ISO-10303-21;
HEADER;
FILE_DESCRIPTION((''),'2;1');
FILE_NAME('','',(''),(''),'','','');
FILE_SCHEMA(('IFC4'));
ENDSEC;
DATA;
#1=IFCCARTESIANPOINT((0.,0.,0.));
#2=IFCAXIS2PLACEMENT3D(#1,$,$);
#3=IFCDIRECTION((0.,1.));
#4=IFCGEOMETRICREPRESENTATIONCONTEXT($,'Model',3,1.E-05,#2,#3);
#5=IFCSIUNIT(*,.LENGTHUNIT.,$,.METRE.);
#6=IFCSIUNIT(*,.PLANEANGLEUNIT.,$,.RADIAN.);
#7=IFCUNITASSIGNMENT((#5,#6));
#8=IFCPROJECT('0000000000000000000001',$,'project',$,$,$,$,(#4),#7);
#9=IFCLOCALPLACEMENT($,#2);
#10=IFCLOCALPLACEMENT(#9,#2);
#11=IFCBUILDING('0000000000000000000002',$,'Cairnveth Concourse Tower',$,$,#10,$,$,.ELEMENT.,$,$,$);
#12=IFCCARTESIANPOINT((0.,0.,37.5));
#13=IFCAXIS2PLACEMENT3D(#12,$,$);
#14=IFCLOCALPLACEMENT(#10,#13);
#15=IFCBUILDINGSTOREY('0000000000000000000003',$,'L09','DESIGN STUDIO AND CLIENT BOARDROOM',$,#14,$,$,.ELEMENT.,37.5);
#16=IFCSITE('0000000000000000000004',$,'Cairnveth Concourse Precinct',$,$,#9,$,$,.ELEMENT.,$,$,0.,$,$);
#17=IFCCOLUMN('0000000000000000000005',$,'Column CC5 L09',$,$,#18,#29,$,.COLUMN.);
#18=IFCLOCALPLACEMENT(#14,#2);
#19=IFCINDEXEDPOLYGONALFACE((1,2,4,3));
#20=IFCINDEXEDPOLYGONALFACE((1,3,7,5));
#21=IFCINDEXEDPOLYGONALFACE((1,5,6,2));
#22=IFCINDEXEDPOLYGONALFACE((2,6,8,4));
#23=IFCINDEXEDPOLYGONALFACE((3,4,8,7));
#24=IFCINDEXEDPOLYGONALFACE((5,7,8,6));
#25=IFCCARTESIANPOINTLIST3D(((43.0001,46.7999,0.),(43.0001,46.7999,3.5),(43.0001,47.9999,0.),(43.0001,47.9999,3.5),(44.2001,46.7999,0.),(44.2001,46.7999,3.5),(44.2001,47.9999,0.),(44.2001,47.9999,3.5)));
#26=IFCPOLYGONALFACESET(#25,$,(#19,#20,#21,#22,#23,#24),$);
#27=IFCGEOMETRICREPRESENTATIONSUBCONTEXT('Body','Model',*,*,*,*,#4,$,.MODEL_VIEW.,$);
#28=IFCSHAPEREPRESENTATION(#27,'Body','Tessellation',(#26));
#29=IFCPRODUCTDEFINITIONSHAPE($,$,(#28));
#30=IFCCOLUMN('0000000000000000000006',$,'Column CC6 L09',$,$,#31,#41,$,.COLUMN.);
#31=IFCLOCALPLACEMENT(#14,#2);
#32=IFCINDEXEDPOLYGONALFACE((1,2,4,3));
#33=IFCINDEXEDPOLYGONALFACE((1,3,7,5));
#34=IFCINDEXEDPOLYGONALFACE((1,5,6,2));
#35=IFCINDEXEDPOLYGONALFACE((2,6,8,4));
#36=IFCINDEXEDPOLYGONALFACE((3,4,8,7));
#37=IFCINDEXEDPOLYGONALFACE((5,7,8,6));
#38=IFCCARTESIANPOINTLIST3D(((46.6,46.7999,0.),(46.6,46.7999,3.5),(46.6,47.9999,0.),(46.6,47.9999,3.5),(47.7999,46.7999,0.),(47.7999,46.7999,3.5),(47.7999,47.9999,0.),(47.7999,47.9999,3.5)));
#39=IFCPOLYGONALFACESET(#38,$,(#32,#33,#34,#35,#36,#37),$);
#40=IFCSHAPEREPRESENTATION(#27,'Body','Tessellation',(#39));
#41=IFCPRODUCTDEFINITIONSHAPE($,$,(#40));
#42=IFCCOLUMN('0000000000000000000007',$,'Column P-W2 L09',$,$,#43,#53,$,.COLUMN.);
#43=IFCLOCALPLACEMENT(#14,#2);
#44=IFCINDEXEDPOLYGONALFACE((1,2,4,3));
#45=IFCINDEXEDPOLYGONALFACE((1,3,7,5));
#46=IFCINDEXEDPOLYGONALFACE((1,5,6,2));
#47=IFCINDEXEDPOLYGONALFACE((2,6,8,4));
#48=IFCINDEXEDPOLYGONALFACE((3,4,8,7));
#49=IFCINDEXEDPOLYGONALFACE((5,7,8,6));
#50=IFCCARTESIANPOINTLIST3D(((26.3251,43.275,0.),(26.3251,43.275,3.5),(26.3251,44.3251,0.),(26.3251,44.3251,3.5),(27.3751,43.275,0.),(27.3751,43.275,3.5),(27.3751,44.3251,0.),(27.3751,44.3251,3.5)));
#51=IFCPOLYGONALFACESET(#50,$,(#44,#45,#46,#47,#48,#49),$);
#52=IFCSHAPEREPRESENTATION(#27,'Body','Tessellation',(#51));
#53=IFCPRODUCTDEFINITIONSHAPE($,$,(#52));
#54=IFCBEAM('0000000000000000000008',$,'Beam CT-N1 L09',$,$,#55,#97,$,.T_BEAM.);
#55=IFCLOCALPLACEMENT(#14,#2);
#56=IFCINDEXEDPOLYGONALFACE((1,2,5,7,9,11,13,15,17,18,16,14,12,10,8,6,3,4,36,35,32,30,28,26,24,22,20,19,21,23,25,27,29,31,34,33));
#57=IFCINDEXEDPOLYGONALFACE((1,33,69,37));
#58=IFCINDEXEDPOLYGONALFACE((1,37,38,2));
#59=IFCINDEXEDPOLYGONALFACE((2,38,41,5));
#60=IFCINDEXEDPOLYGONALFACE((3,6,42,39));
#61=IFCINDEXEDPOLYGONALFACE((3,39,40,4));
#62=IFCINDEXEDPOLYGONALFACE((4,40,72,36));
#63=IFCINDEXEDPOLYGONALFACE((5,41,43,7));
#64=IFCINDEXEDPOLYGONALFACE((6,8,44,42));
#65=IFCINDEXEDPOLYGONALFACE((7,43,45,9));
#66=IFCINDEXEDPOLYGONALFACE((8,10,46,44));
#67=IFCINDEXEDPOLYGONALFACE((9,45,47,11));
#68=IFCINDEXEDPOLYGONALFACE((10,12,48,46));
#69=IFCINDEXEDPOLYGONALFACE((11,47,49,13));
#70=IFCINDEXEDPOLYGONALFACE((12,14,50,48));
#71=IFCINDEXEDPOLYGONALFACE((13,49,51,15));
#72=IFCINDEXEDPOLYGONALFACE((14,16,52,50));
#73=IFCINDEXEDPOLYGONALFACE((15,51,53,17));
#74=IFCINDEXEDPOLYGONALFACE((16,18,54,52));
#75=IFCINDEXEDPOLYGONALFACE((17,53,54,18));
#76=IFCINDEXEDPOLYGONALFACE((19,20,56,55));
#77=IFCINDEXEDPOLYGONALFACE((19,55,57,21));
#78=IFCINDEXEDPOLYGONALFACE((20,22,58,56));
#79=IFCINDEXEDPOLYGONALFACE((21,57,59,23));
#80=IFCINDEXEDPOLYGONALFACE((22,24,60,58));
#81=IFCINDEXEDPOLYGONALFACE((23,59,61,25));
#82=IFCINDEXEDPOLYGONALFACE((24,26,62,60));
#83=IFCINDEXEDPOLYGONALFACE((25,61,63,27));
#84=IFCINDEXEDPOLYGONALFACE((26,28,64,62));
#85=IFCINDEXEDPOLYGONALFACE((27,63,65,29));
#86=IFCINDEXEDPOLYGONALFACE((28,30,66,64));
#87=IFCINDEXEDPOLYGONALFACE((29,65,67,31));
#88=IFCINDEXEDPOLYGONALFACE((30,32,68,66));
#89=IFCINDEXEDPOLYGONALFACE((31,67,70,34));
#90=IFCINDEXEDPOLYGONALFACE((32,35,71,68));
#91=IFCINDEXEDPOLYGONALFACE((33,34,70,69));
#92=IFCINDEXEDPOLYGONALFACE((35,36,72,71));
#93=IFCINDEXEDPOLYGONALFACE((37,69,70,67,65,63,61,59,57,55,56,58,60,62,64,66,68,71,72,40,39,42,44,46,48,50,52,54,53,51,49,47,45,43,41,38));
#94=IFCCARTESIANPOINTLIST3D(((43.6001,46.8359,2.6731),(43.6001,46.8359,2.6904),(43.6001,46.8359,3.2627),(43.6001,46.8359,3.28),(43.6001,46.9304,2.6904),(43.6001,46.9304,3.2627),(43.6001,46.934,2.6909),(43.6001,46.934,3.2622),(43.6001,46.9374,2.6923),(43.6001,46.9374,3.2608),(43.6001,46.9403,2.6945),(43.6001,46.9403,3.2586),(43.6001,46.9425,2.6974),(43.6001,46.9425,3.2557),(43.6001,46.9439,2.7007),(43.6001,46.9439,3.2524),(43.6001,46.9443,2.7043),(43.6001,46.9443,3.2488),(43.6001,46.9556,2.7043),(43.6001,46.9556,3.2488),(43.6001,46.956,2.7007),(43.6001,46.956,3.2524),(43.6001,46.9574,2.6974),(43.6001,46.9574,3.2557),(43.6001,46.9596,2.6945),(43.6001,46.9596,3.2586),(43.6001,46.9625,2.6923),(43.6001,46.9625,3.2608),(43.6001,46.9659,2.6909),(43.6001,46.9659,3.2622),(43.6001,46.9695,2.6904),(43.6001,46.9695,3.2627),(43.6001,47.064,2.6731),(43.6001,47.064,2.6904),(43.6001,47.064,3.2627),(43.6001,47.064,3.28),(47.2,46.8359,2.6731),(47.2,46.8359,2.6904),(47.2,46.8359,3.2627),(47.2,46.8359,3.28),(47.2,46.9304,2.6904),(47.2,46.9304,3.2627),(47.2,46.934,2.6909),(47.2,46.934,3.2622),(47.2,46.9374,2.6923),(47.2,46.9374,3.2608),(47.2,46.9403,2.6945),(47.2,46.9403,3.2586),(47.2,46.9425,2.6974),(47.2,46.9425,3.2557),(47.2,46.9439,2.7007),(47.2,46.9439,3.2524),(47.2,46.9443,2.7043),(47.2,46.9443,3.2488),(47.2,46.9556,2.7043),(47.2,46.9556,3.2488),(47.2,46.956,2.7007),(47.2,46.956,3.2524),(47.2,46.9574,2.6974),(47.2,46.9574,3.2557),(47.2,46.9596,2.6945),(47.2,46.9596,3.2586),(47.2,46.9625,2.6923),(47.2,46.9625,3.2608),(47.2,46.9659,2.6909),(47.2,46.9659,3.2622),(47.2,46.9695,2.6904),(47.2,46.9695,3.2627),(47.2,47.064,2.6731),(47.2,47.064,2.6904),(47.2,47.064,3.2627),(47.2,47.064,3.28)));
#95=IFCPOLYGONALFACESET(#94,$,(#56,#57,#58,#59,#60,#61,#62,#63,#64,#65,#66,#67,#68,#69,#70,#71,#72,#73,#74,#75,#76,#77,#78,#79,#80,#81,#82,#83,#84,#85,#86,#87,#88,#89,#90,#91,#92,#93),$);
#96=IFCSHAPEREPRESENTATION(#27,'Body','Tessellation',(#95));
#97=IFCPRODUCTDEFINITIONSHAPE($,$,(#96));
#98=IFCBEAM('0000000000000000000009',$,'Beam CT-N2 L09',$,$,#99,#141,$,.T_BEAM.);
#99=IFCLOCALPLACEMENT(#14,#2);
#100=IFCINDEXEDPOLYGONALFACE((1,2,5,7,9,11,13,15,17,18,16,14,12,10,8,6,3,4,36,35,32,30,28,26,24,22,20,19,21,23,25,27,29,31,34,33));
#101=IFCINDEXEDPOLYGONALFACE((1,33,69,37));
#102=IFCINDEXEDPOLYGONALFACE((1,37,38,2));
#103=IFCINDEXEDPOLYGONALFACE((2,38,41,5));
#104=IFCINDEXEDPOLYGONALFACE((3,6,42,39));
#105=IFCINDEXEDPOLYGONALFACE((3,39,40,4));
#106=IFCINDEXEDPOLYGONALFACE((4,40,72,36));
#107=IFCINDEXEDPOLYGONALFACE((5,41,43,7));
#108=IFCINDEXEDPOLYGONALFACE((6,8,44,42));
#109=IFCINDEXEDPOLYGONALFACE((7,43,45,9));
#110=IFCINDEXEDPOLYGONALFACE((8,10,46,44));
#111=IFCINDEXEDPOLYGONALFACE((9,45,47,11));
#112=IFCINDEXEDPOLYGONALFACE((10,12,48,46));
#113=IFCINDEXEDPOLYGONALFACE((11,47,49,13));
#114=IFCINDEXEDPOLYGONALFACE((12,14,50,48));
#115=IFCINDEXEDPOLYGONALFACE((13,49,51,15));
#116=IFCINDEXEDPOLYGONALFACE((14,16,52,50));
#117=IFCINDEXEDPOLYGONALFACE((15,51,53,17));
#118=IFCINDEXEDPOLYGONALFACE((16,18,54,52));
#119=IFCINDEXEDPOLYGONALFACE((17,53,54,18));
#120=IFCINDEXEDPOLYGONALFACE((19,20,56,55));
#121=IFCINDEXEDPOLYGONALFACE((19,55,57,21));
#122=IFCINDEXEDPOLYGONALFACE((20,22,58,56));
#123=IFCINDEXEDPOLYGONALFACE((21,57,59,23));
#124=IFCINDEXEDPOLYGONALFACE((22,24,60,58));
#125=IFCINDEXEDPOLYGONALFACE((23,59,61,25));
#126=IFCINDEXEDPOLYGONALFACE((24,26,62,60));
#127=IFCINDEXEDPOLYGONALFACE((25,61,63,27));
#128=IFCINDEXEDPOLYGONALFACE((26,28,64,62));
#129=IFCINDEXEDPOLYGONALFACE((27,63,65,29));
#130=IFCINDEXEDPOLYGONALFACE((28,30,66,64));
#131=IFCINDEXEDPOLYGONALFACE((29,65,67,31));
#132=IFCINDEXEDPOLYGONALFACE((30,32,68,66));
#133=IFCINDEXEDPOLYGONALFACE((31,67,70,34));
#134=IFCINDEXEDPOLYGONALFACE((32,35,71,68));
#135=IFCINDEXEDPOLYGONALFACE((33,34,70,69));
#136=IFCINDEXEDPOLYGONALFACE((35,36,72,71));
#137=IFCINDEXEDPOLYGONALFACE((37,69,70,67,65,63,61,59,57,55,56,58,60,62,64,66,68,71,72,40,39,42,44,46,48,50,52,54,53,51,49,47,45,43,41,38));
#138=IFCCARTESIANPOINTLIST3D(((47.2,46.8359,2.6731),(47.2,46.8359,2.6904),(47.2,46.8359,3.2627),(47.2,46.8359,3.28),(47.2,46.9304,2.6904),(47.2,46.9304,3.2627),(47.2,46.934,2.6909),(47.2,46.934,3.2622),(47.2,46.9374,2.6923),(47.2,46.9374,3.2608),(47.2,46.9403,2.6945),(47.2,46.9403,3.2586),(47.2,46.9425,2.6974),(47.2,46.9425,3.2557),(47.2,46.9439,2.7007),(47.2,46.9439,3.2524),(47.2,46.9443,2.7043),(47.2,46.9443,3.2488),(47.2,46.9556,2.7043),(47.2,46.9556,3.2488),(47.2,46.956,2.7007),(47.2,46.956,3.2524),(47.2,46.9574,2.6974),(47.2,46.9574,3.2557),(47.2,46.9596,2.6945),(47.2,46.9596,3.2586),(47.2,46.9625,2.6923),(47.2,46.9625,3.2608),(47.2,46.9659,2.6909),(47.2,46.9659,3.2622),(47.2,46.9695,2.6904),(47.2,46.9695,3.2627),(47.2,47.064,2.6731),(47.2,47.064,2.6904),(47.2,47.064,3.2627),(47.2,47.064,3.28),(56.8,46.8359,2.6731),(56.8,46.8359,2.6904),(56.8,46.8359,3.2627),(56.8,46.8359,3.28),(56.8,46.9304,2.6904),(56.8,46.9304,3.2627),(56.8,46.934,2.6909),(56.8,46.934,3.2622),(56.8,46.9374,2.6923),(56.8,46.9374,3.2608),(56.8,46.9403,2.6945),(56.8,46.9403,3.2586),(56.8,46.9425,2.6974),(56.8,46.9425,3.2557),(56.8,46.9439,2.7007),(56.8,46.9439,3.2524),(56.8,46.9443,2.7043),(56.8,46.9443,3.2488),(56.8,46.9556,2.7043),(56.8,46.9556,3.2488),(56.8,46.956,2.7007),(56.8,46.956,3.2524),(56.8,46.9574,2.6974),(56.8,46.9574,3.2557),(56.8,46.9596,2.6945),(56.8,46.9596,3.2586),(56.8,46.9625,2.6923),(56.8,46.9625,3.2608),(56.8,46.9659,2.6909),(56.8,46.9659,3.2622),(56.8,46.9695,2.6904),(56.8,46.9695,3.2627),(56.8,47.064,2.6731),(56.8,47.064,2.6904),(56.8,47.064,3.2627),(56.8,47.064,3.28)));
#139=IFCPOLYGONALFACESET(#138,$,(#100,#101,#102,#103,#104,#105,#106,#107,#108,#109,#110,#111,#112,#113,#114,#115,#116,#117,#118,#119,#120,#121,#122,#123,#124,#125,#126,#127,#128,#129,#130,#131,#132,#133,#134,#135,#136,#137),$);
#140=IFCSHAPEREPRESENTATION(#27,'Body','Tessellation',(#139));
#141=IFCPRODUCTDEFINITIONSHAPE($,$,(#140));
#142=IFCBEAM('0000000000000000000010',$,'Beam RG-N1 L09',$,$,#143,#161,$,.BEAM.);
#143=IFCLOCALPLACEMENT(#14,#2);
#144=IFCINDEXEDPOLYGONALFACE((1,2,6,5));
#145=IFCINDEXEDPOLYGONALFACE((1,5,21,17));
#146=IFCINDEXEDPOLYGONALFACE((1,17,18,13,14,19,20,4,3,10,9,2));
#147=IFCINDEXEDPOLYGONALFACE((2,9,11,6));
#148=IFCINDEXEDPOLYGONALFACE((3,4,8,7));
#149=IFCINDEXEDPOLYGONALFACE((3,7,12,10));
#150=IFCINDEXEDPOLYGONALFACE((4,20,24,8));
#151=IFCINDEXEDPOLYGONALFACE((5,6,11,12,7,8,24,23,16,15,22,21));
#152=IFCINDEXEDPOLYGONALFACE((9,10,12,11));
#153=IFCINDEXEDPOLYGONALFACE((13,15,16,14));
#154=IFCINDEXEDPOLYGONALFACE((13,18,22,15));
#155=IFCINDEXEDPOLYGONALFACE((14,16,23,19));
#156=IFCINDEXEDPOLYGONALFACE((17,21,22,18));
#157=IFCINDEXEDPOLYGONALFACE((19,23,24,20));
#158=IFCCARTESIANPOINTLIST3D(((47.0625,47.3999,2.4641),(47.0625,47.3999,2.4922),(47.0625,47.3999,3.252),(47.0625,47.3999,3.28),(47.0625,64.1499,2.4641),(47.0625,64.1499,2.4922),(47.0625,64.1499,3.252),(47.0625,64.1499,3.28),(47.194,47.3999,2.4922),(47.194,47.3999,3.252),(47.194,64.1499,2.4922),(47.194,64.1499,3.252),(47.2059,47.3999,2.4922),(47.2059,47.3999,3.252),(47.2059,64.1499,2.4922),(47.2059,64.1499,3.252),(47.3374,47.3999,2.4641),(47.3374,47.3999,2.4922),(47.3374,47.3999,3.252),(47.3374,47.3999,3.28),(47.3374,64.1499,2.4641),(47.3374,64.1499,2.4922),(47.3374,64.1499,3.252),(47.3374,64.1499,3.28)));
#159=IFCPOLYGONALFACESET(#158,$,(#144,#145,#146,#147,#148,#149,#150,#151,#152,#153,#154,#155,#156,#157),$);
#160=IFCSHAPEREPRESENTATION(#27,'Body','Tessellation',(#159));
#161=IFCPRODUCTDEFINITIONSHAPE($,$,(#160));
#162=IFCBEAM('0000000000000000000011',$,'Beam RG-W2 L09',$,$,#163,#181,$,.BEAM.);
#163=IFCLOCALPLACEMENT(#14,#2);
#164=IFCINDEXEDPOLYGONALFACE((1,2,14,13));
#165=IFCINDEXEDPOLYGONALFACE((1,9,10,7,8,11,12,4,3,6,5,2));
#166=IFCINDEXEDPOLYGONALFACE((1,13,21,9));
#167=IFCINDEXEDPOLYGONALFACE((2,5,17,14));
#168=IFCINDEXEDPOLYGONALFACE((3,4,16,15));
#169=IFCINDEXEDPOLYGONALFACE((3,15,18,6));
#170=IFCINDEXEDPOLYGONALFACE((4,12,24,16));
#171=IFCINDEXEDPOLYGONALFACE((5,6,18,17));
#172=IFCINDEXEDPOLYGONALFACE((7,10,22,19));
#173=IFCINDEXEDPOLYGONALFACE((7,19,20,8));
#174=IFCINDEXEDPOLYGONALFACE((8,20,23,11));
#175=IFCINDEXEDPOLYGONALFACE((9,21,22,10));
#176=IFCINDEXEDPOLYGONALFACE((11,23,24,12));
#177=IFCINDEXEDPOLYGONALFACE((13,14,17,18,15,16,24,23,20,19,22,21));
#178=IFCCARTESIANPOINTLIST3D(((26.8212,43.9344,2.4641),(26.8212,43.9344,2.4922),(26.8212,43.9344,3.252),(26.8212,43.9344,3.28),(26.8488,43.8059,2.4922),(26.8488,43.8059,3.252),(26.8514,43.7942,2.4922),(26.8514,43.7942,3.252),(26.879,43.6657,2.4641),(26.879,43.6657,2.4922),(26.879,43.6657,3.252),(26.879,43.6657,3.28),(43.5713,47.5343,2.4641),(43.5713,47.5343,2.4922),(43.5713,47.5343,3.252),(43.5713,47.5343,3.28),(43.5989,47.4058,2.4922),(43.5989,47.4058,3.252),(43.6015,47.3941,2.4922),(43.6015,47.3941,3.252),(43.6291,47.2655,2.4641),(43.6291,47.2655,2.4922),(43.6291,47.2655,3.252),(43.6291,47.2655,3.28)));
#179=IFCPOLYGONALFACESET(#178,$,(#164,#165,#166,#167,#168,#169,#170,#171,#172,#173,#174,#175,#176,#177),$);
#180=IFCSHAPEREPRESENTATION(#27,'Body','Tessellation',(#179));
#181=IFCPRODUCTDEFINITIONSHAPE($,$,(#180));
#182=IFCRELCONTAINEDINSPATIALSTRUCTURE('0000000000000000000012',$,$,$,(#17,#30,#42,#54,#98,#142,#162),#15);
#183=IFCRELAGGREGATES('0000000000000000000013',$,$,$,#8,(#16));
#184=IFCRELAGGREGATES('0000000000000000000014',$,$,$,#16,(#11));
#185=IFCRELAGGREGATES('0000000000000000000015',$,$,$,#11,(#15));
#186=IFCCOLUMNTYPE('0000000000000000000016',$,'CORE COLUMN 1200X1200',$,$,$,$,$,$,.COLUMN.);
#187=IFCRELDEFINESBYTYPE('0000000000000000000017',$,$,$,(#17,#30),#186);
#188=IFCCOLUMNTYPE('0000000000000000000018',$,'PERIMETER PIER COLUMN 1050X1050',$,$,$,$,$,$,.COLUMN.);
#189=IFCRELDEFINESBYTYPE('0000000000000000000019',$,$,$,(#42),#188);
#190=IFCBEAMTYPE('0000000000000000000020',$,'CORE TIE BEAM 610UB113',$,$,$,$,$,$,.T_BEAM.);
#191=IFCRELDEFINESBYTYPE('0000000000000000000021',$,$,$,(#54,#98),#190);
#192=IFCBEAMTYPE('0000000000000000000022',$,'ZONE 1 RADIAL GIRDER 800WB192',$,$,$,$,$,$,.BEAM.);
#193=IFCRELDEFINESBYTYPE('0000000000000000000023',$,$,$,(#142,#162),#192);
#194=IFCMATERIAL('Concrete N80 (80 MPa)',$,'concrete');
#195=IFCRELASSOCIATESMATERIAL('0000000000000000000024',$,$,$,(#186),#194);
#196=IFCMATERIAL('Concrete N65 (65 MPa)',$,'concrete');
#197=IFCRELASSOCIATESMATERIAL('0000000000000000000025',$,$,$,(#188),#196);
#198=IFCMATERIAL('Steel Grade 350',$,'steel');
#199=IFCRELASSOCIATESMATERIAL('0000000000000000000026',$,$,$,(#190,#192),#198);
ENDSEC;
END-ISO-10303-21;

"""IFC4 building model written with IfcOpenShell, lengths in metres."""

from ifc_helpers import new_model, si_unit, direction, frame, origin, origin_2d, place, context, subcontext, project, spatial, rectangle, i_section, extrude, material, material_profile, profile_set, type_object, element, save


model = new_model("IFC4")

# Units and contexts
model_context = context("Model", 3, precision=1e-05, world=origin(), true_north=direction((0.0, 1.0)))
body_context = subcontext(model_context, "Body", "Model", "MODEL_VIEW")
ifc_project = project(units=[si_unit("LENGTHUNIT", "METRE"), si_unit("PLANEANGLEUNIT", "RADIAN")], contexts=[model_context])

# Site, building, storey
site_placement = place(None, origin())
site = spatial("IfcSite", under=ifc_project, at=site_placement, Name="Cairnveth Concourse Precinct", CompositionType="ELEMENT", RefElevation=0.0)
building_placement = place(site_placement, origin())
building = spatial("IfcBuilding", under=site, at=building_placement, Name="Cairnveth Concourse Tower", CompositionType="ELEMENT")
storey_placement = place(building_placement, frame((0.0, 0.0, 37.5)))
storey = spatial("IfcBuildingStorey", under=building, at=storey_placement, Name="L09", Description="DESIGN STUDIO AND CLIENT BOARDROOM", CompositionType="ELEMENT", Elevation=37.5)

# Columns
ifc_material_1 = material(Name="Concrete N80 (80 MPa)", Category="concrete")
ifc_material_profile_1 = material_profile(ifc_material_1, rectangle(XDim=1.2, YDim=1.2, at=origin_2d()), Name="RC-COL-1200x1200")
ifc_profile_set_1 = profile_set([ifc_material_profile_1], Name="Concrete N80 (80 MPa)")
column_type_1 = type_object("IfcColumnType", Name="CORE COLUMN 1200X1200", PredefinedType="COLUMN", material=ifc_profile_set_1)
for number, where, z_axis, x_axis, name in (
    (1, (43.6001, 47.3999, 0.0), (0.0, 0.0, 1.0), (1.0, 0.0, 0.0), "Column CC5 L09"),
    (2, (47.2, 47.3999, 0.0), (0.0, 0.0, 1.0), (1.0, 0.0, 0.0), "Column CC6 L09"),
):
    element("IfcColumn", number, at=place(storey_placement, frame(where, z_axis=z_axis, x_axis=x_axis)), inside=storey, type_object=column_type_1, Name=name, PredefinedType="COLUMN", context=body_context, shape_type="SweptSolid", body=[
        extrude(rectangle(XDim=1.2, YDim=1.2, at=origin_2d()), origin(), (0.0, 0.0, 1.0), 3.5),
    ])
ifc_material_2 = material(Name="Concrete N65 (65 MPa)", Category="concrete")
ifc_material_profile_2 = material_profile(ifc_material_2, rectangle(XDim=1.05, YDim=1.05, at=origin_2d()), Name="RC-COL-1050x1050")
ifc_profile_set_2 = profile_set([ifc_material_profile_2], Name="Concrete N65 (65 MPa)")
column_type_2 = type_object("IfcColumnType", Name="PERIMETER PIER COLUMN 1050X1050", PredefinedType="COLUMN", material=ifc_profile_set_2)
column_placement = place(storey_placement, frame((26.8501, 43.8, 0.0), z_axis=(0.0, 0.0, 1.0), x_axis=(0.0, 1.0, 0.0)))
element("IfcColumn", 3, at=column_placement, inside=storey, type_object=column_type_2, Name="Column P-W2 L09", PredefinedType="COLUMN", context=body_context, shape_type="SweptSolid", body=[
    extrude(rectangle(XDim=1.05, YDim=1.05, at=origin_2d()), origin(), (0.0, 0.0, 1.0), 3.5),
])

# Beams
ifc_material_3 = material(Name="Steel Grade 350", Category="steel")
ifc_material_profile_3 = material_profile(ifc_material_3, i_section(OverallWidth=0.228, OverallDepth=0.6069, WebThickness=0.0112, FlangeThickness=0.0173, FilletRadius=0.0139, at=origin_2d()), Name="610UB113")
ifc_profile_set_3 = profile_set([ifc_material_profile_3], Name="Steel Grade 350")
beam_type_1 = type_object("IfcBeamType", Name="CORE TIE BEAM 610UB113", PredefinedType="T_BEAM", material=ifc_profile_set_3)
beam_1_placement = place(storey_placement, frame((43.6001, 46.95, 2.9766), z_axis=(1.0, 0.0, 0.0), x_axis=(0.0, 1.0, 0.0)))
element("IfcBeam", 4, at=beam_1_placement, inside=storey, type_object=beam_type_1, Name="Beam CT-N1 L09", PredefinedType="T_BEAM", context=body_context, shape_type="SweptSolid", body=[
    extrude(i_section(OverallWidth=0.228, OverallDepth=0.6069, WebThickness=0.0112, FlangeThickness=0.0173, FilletRadius=0.0139, at=origin_2d()), origin(), (0.0, 0.0, 1.0), 3.5999),
])
beam_2_placement = place(storey_placement, frame((47.2, 46.95, 2.9766), z_axis=(1.0, 0.0, 0.0), x_axis=(0.0, 1.0, 0.0)))
element("IfcBeam", 5, at=beam_2_placement, inside=storey, type_object=beam_type_1, Name="Beam CT-N2 L09", PredefinedType="T_BEAM", context=body_context, shape_type="SweptSolid", body=[
    extrude(i_section(OverallWidth=0.228, OverallDepth=0.6069, WebThickness=0.0112, FlangeThickness=0.0173, FilletRadius=0.0139, at=origin_2d()), origin(), (0.0, 0.0, 1.0), 9.6001),
])
ifc_material_profile_4 = material_profile(ifc_material_3, i_section(OverallWidth=0.2749, OverallDepth=0.8159, WebThickness=0.012, FlangeThickness=0.0281, at=origin_2d()), Name="800WB192")
ifc_profile_set_4 = profile_set([ifc_material_profile_4], Name="Steel Grade 350")
beam_type_2 = type_object("IfcBeamType", Name="ZONE 1 RADIAL GIRDER 800WB192", PredefinedType="BEAM", material=ifc_profile_set_4)
beam_3_placement = place(storey_placement, frame((47.2, 47.3999, 2.8721), z_axis=(0.0, 1.0, 0.0), x_axis=(-1.0, 0.0, 0.0)))
element("IfcBeam", 6, at=beam_3_placement, inside=storey, type_object=beam_type_2, Name="Beam RG-N1 L09", PredefinedType="BEAM", context=body_context, shape_type="SweptSolid", body=[
    extrude(i_section(OverallWidth=0.2749, OverallDepth=0.8159, WebThickness=0.012, FlangeThickness=0.0281, at=origin_2d()), origin(), (0.0, 0.0, 1.0), 16.75),
])
beam_4_placement = place(storey_placement, frame((26.8501, 43.8, 2.8721), z_axis=(0.977676, 0.210119, 0.0), x_axis=(-0.210119, 0.977676, 0.0)))
element("IfcBeam", 7, at=beam_4_placement, inside=storey, type_object=beam_type_2, Name="Beam RG-W2 L09", PredefinedType="BEAM", context=body_context, shape_type="SweptSolid", body=[
    extrude(i_section(OverallWidth=0.2749, OverallDepth=0.8159, WebThickness=0.012, FlangeThickness=0.0281, at=origin_2d()), origin(), (0.0, 0.0, 1.0), 17.1326),
])

save(model, "model.ifc")
